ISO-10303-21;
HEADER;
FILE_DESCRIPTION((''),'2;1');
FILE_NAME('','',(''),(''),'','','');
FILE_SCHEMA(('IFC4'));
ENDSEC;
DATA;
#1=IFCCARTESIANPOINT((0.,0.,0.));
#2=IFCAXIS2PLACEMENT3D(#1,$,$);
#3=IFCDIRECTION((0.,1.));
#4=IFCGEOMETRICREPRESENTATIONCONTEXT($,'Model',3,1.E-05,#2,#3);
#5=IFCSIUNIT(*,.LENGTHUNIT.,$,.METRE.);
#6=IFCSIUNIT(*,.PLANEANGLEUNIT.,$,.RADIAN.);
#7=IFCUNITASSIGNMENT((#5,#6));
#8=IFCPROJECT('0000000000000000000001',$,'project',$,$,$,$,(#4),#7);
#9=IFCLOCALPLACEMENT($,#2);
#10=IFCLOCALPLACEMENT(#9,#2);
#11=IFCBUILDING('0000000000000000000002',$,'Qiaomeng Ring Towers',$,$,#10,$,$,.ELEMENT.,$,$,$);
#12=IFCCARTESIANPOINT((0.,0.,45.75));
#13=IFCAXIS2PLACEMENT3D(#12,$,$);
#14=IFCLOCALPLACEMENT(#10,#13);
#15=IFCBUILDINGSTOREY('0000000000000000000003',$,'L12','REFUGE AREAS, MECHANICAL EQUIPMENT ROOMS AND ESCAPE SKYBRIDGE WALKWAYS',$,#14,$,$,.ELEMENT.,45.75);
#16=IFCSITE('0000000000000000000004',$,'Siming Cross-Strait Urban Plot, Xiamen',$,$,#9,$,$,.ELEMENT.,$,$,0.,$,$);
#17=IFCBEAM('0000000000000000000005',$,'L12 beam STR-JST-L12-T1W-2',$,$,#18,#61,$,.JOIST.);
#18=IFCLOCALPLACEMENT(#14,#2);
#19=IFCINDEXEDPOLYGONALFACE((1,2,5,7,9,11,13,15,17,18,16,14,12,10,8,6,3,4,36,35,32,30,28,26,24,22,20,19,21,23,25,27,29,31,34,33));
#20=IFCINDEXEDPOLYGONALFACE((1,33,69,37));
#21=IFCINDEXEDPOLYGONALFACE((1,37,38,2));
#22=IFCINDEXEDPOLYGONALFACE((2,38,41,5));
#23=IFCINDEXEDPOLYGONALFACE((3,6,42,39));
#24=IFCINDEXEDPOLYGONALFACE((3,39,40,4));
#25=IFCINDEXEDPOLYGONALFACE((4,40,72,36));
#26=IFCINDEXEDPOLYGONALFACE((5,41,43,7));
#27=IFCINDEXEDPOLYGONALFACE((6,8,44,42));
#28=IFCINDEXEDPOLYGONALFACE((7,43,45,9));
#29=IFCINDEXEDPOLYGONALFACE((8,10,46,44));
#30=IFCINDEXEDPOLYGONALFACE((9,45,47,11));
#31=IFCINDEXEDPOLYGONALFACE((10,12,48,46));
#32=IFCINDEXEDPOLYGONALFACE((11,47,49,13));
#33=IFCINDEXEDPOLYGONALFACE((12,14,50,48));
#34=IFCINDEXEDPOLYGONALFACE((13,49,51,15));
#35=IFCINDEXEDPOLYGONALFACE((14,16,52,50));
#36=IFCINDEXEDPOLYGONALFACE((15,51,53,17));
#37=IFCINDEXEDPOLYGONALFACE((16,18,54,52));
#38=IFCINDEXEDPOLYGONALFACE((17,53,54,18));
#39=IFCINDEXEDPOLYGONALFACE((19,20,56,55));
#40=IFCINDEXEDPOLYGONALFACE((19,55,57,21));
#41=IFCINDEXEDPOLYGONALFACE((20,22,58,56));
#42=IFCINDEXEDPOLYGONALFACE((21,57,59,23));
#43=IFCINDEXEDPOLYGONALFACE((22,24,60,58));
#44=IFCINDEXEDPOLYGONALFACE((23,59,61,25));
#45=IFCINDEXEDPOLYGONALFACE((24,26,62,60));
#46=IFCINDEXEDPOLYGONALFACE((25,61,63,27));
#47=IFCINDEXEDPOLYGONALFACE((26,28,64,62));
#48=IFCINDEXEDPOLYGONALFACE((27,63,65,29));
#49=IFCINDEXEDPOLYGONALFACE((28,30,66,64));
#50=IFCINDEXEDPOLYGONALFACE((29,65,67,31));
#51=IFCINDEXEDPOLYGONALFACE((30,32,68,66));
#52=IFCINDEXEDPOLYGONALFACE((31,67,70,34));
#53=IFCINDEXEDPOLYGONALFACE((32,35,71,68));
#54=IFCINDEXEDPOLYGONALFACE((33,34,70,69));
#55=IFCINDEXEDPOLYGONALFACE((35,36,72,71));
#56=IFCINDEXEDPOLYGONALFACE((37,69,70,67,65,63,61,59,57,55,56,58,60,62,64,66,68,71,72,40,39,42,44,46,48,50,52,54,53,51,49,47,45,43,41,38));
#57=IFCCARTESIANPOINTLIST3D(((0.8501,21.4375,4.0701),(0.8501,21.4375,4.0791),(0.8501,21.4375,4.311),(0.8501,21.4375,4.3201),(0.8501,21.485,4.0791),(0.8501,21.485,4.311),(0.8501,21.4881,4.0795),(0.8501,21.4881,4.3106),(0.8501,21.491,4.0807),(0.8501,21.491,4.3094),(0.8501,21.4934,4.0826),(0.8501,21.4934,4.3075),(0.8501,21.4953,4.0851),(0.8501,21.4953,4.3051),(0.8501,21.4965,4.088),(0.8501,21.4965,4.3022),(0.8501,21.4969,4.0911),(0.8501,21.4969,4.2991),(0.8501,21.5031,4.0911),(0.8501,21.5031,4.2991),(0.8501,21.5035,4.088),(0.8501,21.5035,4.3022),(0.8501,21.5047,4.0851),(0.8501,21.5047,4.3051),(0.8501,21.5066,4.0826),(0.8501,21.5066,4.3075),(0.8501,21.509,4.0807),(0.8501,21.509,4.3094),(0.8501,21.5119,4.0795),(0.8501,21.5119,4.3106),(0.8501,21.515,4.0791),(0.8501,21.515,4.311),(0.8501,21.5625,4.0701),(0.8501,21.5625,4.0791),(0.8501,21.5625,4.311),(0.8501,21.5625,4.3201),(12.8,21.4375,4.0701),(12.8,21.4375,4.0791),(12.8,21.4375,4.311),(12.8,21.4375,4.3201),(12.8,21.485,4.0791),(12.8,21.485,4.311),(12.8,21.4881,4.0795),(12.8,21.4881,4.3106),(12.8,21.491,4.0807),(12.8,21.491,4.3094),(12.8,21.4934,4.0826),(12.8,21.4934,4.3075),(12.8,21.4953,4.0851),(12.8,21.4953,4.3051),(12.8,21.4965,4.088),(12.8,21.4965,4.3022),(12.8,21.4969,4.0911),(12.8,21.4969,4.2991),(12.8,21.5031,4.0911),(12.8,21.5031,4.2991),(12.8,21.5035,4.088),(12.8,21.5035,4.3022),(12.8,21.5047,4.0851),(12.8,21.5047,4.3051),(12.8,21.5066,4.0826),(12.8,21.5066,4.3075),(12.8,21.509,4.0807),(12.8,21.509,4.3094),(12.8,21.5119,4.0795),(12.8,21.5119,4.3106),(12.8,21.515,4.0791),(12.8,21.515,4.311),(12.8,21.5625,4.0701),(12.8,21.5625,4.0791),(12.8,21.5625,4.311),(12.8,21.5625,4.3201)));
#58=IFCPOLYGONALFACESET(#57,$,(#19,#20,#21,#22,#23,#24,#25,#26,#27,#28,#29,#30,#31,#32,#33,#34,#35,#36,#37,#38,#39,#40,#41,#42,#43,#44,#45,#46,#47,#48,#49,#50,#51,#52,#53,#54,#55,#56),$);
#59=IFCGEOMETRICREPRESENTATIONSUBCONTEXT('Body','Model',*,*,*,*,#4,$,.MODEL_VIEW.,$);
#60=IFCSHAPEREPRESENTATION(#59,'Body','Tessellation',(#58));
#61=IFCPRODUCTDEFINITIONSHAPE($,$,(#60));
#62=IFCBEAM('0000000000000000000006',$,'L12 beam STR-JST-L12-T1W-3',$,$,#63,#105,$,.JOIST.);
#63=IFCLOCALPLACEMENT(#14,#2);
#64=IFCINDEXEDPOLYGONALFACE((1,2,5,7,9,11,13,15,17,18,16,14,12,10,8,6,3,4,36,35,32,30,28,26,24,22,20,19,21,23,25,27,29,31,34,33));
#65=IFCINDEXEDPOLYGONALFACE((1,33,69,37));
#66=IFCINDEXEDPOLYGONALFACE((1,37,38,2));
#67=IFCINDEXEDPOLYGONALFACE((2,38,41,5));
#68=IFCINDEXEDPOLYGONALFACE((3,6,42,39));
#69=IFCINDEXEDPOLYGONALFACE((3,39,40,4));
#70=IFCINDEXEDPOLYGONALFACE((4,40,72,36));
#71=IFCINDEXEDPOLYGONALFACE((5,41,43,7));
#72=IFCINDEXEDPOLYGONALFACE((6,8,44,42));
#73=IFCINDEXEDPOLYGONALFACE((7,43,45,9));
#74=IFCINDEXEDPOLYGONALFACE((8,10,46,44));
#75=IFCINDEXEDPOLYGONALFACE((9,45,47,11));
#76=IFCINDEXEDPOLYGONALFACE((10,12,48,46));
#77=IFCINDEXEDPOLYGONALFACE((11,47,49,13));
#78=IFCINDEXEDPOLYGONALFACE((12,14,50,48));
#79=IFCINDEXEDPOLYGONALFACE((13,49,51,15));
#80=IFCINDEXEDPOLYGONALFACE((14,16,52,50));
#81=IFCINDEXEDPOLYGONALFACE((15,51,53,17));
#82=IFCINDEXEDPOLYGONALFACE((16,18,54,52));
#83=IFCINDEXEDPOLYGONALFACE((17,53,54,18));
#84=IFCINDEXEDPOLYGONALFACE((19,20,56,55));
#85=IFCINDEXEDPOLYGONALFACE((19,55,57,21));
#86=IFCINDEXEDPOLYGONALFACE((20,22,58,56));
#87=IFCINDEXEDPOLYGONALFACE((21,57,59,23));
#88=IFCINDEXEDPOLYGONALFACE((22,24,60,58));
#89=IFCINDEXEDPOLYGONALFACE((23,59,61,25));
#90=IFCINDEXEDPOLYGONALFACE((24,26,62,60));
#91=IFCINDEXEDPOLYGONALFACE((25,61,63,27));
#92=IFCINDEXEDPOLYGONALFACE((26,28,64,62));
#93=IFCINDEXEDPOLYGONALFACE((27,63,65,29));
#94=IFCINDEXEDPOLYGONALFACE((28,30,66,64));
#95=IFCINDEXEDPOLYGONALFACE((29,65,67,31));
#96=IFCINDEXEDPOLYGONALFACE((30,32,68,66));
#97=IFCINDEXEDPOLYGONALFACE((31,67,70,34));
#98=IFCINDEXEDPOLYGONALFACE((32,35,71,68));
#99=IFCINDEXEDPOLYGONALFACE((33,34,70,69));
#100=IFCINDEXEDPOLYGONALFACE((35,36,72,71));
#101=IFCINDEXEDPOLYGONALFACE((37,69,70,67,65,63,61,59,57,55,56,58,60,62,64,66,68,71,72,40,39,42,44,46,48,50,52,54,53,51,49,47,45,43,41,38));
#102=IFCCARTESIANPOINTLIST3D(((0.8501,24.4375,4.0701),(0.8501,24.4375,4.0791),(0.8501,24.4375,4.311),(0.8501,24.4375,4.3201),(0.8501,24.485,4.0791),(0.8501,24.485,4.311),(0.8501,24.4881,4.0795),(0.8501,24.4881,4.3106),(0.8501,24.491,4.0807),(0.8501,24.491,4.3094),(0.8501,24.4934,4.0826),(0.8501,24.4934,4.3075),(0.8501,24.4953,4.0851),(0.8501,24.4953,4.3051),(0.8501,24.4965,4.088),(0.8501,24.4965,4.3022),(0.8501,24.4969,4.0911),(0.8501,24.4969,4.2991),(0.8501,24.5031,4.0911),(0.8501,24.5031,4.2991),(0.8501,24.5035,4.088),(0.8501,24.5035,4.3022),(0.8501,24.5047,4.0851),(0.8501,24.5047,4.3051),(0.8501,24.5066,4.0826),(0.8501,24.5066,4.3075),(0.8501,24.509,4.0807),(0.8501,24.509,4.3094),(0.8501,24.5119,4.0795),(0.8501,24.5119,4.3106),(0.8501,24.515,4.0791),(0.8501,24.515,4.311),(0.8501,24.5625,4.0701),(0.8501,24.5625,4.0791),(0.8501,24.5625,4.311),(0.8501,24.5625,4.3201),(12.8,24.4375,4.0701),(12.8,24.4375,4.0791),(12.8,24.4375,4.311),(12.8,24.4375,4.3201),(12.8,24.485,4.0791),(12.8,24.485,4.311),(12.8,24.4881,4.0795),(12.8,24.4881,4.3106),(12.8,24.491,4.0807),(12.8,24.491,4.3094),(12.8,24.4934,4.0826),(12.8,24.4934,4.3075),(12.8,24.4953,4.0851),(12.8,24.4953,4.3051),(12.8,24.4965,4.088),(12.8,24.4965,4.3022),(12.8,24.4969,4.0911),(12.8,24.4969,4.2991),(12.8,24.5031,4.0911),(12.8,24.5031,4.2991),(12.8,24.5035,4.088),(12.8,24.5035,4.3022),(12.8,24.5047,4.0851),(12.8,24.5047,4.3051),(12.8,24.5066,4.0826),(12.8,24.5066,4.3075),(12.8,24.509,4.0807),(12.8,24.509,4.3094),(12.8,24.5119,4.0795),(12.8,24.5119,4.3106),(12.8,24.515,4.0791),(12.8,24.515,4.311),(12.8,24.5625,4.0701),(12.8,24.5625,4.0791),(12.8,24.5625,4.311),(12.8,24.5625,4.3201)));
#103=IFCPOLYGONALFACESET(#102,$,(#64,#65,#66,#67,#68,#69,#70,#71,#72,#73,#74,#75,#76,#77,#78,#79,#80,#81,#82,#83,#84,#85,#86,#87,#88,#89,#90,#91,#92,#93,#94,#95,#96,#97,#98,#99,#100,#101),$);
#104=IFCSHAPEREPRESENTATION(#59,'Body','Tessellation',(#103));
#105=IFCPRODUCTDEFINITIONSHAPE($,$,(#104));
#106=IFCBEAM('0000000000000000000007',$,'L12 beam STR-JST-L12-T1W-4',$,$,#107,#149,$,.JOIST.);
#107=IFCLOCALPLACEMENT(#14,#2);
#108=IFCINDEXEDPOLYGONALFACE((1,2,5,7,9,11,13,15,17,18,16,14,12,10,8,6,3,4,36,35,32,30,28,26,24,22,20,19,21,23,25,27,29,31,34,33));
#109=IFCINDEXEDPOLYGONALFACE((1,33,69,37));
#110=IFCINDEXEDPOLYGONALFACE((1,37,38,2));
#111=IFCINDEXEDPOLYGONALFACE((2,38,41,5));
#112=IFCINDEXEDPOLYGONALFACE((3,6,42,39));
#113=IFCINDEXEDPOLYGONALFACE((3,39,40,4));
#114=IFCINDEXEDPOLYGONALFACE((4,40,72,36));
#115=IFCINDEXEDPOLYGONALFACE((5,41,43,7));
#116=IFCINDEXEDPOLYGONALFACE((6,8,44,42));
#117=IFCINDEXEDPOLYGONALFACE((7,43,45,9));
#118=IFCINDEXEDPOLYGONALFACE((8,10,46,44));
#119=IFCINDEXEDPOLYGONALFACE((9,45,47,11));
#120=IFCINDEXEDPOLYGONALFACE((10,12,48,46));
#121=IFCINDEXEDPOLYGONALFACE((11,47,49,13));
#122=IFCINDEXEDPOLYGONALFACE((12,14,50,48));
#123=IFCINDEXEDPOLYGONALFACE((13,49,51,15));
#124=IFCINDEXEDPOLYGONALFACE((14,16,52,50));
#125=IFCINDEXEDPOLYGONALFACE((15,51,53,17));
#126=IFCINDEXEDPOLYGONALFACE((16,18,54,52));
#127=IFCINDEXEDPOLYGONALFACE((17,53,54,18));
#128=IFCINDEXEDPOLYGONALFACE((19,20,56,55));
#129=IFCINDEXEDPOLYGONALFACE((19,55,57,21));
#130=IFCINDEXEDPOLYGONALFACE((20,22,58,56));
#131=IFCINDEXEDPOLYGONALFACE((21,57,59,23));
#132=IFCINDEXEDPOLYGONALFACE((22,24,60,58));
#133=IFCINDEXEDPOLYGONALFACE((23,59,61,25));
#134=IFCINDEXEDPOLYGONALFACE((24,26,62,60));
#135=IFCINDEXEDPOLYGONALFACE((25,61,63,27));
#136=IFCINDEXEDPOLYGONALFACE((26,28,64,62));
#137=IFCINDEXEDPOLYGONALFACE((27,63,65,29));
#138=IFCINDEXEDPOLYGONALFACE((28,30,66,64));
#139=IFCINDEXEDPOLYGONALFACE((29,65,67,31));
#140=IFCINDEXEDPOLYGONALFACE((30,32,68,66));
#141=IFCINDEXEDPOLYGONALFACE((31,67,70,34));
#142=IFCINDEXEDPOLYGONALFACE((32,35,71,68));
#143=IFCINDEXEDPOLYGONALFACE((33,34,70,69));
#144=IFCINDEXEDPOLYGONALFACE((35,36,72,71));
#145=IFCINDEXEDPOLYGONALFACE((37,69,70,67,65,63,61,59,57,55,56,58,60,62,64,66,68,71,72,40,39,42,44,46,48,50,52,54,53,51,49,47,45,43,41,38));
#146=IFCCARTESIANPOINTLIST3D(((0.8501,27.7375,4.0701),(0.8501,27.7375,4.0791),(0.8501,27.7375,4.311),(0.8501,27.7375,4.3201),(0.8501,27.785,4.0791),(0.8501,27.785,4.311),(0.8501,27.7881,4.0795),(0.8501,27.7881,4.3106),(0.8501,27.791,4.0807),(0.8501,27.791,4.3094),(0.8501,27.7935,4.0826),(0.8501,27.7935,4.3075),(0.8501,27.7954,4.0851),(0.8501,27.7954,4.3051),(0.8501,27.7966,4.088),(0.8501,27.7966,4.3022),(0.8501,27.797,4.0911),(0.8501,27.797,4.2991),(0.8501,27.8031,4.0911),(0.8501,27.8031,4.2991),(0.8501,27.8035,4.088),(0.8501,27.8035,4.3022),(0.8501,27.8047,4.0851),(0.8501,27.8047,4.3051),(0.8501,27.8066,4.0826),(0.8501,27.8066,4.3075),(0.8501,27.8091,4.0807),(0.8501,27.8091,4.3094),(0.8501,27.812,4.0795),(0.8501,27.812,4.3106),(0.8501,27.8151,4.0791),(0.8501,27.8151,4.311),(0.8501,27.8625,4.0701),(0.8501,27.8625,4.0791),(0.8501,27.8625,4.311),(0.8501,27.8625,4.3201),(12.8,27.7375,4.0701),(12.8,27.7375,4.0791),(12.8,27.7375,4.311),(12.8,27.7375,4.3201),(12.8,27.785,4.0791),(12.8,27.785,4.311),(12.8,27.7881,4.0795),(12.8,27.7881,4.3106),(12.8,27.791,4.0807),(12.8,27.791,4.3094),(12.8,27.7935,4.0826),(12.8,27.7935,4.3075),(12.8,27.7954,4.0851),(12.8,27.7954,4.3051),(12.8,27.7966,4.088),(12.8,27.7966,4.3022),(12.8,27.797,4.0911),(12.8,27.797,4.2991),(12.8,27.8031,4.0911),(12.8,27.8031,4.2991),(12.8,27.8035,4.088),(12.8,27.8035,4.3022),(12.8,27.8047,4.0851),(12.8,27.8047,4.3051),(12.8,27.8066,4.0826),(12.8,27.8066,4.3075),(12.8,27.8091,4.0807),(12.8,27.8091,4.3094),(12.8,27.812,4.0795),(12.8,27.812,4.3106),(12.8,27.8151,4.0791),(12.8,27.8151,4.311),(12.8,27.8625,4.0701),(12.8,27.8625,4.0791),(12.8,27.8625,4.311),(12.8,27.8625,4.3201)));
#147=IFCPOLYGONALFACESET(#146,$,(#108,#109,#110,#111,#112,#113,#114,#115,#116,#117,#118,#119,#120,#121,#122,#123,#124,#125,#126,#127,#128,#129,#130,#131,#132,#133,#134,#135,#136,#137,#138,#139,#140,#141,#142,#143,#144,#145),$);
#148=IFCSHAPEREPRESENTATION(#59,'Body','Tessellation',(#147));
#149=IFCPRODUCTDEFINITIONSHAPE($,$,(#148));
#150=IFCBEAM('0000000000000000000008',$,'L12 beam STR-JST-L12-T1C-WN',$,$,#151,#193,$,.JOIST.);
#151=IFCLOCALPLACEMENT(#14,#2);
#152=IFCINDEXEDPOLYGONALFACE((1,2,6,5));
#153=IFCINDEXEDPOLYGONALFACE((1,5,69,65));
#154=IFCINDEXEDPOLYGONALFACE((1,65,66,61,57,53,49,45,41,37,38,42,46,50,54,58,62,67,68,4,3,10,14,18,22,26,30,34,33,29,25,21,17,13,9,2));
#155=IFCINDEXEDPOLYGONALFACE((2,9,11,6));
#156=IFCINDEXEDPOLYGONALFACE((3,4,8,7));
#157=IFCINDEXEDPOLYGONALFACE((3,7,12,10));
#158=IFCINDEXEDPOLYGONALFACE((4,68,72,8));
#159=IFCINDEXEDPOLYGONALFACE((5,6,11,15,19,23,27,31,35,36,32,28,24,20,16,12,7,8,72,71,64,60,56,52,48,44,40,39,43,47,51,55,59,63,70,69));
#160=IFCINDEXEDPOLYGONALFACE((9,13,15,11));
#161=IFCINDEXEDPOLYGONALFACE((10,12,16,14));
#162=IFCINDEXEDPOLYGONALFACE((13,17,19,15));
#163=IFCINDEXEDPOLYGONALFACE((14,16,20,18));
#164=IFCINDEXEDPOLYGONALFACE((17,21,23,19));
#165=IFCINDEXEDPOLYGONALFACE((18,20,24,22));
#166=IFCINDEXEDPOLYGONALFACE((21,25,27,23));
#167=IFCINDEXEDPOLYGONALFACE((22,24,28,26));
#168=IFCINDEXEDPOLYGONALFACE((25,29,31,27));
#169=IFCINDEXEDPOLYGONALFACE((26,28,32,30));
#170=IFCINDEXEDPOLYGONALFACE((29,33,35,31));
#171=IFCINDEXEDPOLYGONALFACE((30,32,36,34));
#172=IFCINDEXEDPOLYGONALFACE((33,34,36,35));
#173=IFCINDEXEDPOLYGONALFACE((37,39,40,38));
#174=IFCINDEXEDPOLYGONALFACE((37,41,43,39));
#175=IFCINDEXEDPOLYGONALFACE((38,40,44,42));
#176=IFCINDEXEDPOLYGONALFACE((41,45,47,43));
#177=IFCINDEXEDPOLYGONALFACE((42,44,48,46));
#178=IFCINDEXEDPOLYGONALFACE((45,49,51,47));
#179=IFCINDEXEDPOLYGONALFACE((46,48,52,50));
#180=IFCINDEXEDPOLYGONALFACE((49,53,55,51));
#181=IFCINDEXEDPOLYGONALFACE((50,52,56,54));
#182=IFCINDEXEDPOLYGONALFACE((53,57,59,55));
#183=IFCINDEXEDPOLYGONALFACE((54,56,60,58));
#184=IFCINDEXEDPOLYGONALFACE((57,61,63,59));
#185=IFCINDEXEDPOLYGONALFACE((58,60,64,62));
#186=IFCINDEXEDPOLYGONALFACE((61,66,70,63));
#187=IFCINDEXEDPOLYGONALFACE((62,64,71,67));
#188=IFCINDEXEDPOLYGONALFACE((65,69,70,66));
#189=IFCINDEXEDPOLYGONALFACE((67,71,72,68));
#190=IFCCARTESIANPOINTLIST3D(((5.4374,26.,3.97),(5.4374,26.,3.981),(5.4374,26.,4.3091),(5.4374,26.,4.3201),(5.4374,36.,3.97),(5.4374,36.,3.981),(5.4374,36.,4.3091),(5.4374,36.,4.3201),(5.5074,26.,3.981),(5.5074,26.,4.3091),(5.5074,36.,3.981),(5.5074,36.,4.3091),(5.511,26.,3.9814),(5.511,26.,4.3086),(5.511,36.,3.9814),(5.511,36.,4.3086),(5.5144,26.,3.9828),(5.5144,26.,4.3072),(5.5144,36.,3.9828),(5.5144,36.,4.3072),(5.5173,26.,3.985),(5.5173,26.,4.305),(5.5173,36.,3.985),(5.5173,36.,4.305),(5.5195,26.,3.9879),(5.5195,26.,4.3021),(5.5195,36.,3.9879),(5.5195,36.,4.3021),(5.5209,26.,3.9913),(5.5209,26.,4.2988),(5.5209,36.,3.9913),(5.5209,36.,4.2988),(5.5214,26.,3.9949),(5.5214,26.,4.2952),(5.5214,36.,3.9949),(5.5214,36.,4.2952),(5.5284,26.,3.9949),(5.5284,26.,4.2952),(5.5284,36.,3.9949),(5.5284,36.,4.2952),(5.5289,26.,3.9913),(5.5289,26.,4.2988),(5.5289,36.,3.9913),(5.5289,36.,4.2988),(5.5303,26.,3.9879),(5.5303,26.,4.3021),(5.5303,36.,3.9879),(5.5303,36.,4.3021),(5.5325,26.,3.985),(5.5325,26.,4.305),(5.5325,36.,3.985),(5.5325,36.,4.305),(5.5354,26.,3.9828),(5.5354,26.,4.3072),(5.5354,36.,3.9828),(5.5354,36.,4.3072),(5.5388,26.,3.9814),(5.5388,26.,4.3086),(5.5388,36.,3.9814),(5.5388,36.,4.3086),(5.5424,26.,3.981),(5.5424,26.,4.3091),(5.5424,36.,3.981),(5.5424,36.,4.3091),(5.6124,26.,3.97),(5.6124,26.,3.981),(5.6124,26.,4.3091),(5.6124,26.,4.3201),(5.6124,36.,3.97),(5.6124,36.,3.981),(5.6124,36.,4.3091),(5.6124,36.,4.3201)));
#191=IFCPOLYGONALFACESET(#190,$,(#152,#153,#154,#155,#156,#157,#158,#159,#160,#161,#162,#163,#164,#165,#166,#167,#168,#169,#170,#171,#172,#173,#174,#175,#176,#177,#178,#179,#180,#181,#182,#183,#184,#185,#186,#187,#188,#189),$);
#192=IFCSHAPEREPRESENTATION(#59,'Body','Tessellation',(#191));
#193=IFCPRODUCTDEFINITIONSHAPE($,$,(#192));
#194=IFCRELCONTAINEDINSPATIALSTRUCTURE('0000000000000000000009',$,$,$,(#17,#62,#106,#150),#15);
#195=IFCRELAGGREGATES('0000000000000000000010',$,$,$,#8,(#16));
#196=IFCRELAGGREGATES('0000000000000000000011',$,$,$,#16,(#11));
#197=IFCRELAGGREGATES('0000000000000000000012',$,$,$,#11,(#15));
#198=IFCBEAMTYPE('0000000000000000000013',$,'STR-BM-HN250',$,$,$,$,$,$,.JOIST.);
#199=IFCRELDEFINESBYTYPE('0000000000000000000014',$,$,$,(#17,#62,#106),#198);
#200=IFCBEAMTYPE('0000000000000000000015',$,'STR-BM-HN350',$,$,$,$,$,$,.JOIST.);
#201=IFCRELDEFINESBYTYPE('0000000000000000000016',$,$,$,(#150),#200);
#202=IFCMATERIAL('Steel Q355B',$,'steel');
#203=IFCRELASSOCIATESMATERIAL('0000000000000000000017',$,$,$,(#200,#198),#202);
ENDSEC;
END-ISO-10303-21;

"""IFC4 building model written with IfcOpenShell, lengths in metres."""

from ifc_helpers import new_model, si_unit, direction, frame, origin, origin_2d, place, context, subcontext, project, spatial, i_section, extrude, source, transform, mapped, material, material_profile, profile_set, type_object, element, save


model = new_model("IFC4")

# Units and contexts
model_context = context("Model", 3, precision=1e-05, world=origin(), true_north=direction((0.0, 1.0)))
body_context = subcontext(model_context, "Body", "Model", "MODEL_VIEW")
ifc_project = project(units=[si_unit("LENGTHUNIT", "METRE"), si_unit("PLANEANGLEUNIT", "RADIAN")], contexts=[model_context])

# Site, building, storey
site_placement = place(None, origin())
site = spatial("IfcSite", under=ifc_project, at=site_placement, Name="Siming Cross-Strait Urban Plot, Xiamen", CompositionType="ELEMENT", RefElevation=0.0)
building_placement = place(site_placement, origin())
building = spatial("IfcBuilding", under=site, at=building_placement, Name="Qiaomeng Ring Towers", CompositionType="ELEMENT")
storey_placement = place(building_placement, frame((0.0, 0.0, 45.75)))
storey = spatial("IfcBuildingStorey", under=building, at=storey_placement, Name="L12", Description="REFUGE AREAS, MECHANICAL EQUIPMENT ROOMS AND ESCAPE SKYBRIDGE WALKWAYS", CompositionType="ELEMENT", Elevation=45.75)

# Beams
ifc_material_1 = material(Name="Steel Q355B", Category="steel")
ifc_material_profile_1 = material_profile(ifc_material_1, i_section(OverallWidth=0.175, OverallDepth=0.3501, WebThickness=0.0071, FlangeThickness=0.011, FilletRadius=0.0139, at=origin_2d()), Name="HN 350x175x7x11")
ifc_profile_set_1 = profile_set([ifc_material_profile_1], Name="Steel Q355B")
beam_type_1 = type_object("IfcBeamType", Name="STR-BM-HN350", PredefinedType="JOIST", material=ifc_profile_set_1)
ifc_material_profile_2 = material_profile(ifc_material_1, i_section(OverallWidth=0.125, OverallDepth=0.25, WebThickness=0.0061, FlangeThickness=0.009, FilletRadius=0.012, at=origin_2d()), Name="HN 250x125x6x9")
ifc_profile_set_2 = profile_set([ifc_material_profile_2], Name="Steel Q355B")
beam_type_2 = type_object("IfcBeamType", Name="STR-BM-HN250", PredefinedType="JOIST", material=ifc_profile_set_2)
shared_shape_1 = source(origin(), body_context, "Body", "SweptSolid", [
    extrude(i_section(OverallWidth=0.125, OverallDepth=0.25, WebThickness=0.0061, FlangeThickness=0.009, FilletRadius=0.012, at=origin_2d()), origin(), (0.0, 0.0, 1.0), 11.95),
])
for number, where, z_axis, x_axis, name in (
    (1, (0.8501, 21.5, 4.1951), (1.0, 0.0, 0.0), (0.0, 1.0, 0.0), "L12 beam STR-JST-L12-T1W-2"),
    (2, (0.8501, 24.5, 4.1951), (1.0, 0.0, 0.0), (0.0, 1.0, 0.0), "L12 beam STR-JST-L12-T1W-3"),
    (3, (0.8501, 27.8, 4.1951), (1.0, 0.0, 0.0), (0.0, 1.0, 0.0), "L12 beam STR-JST-L12-T1W-4"),
):
    element("IfcBeam", number, at=place(storey_placement, frame(where, z_axis=z_axis, x_axis=x_axis)), inside=storey, type_object=beam_type_2, Name=name, PredefinedType="JOIST", context=body_context, shape_type="MappedRepresentation", body=[
        mapped(shared_shape_1, transform((0.0, 0.0, 0.0), x_axis=(1.0, 0.0, 0.0), y_axis=(0.0, 1.0, 0.0), z_axis=(0.0, 0.0, 1.0), scale=1.0)),
    ])
shared_shape_2 = source(origin(), body_context, "Body", "SweptSolid", [
    extrude(i_section(OverallWidth=0.175, OverallDepth=0.3501, WebThickness=0.0071, FlangeThickness=0.011, FilletRadius=0.0139, at=origin_2d()), origin(), (0.0, 0.0, 1.0), 10.0),
])
beam_1_placement = place(storey_placement, frame((5.5249, 26.0, 4.145), z_axis=(0.0, 1.0, 0.0), x_axis=(-1.0, 0.0, 0.0)))
element("IfcBeam", 4, at=beam_1_placement, inside=storey, type_object=beam_type_1, Name="L12 beam STR-JST-L12-T1C-WN", PredefinedType="JOIST", context=body_context, shape_type="MappedRepresentation", body=[
    mapped(shared_shape_2, transform((0.0, 0.0, 0.0), x_axis=(1.0, 0.0, 0.0), y_axis=(0.0, 1.0, 0.0), z_axis=(0.0, 0.0, 1.0), scale=1.0)),
])

save(model, "model.ifc")
